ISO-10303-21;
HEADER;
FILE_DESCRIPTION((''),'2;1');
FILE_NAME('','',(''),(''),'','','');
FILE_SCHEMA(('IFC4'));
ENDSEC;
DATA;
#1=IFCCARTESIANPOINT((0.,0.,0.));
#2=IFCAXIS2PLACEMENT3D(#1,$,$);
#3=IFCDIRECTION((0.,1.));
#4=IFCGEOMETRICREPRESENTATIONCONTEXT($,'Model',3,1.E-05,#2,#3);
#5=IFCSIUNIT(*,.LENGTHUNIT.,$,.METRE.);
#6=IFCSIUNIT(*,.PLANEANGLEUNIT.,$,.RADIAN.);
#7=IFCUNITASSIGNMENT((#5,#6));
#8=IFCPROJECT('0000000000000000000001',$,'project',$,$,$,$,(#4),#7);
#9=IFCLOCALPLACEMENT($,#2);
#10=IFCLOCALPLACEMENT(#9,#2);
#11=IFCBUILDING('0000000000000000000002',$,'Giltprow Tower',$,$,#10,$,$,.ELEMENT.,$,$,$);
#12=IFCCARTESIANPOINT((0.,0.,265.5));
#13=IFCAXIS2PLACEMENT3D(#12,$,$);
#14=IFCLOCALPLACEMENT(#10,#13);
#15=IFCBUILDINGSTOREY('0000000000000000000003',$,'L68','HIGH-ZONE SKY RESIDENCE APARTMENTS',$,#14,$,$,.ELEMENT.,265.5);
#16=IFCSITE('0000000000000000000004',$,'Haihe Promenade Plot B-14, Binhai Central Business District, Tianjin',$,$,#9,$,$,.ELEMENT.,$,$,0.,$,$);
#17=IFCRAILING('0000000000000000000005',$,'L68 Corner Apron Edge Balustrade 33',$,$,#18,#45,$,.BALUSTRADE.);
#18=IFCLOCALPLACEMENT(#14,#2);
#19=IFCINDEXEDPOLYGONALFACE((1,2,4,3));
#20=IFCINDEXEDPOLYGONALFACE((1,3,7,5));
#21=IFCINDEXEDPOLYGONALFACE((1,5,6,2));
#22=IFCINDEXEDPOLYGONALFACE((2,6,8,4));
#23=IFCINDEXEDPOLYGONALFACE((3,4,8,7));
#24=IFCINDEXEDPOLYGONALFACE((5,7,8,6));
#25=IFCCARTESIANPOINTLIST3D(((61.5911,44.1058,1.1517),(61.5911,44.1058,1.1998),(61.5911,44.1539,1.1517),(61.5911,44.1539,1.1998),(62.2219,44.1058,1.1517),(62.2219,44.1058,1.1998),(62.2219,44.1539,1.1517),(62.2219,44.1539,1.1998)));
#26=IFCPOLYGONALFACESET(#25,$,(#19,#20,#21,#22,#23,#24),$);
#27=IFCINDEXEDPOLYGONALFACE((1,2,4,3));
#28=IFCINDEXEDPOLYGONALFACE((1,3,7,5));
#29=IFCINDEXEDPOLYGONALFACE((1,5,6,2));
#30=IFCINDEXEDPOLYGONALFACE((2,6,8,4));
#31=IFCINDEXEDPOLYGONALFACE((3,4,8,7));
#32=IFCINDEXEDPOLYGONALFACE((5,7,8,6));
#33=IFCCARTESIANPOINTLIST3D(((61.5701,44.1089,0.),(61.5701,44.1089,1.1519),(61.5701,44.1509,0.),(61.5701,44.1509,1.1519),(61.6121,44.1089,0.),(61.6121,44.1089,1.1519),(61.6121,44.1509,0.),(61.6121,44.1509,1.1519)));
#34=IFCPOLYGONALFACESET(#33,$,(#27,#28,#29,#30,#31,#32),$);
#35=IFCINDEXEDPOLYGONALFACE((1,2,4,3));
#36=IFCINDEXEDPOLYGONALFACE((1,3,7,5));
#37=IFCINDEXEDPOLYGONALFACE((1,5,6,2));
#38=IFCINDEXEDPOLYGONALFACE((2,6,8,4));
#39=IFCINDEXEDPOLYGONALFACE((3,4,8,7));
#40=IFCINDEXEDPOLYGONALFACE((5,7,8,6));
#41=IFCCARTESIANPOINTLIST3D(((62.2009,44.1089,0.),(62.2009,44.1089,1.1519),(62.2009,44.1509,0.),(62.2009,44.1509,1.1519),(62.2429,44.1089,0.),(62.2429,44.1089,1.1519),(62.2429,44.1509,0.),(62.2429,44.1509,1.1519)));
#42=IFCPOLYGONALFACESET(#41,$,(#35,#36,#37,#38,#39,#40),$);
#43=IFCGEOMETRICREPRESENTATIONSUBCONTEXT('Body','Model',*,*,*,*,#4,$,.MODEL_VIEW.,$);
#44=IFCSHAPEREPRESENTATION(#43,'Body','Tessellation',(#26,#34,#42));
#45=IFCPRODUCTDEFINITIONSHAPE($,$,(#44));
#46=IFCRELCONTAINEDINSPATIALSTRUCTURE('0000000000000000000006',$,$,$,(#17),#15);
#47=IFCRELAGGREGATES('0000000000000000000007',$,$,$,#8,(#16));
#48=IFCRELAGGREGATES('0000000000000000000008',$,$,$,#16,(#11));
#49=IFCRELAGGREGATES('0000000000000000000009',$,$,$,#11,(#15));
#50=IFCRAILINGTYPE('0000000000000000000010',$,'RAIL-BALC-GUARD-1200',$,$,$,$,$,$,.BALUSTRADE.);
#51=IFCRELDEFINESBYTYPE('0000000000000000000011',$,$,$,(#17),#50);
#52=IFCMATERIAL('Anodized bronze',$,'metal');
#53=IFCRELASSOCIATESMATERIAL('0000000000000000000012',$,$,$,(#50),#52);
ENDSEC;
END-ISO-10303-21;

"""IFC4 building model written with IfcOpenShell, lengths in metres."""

from ifc_helpers import new_model, si_unit, direction, frame, origin, origin_2d, place, context, subcontext, project, spatial, rectangle, extrude, material, type_object, element, save


model = new_model("IFC4")

# Units and contexts
model_context = context("Model", 3, precision=1e-05, world=origin(), true_north=direction((0.0, 1.0)))
body_context = subcontext(model_context, "Body", "Model", "MODEL_VIEW")
ifc_project = project(units=[si_unit("LENGTHUNIT", "METRE"), si_unit("PLANEANGLEUNIT", "RADIAN")], contexts=[model_context])

# Site, building, storey
site_placement = place(None, origin())
site = spatial("IfcSite", under=ifc_project, at=site_placement, Name="Haihe Promenade Plot B-14, Binhai Central Business District, Tianjin", CompositionType="ELEMENT", RefElevation=0.0)
building_placement = place(site_placement, origin())
building = spatial("IfcBuilding", under=site, at=building_placement, Name="Giltprow Tower", CompositionType="ELEMENT")
storey_placement = place(building_placement, frame((0.0, 0.0, 265.5)))
storey = spatial("IfcBuildingStorey", under=building, at=storey_placement, Name="L68", Description="HIGH-ZONE SKY RESIDENCE APARTMENTS", CompositionType="ELEMENT", Elevation=265.5)

# Railing
ifc_material_1 = material(Name="Anodized bronze", Category="metal")
railing_type = type_object("IfcRailingType", Name="RAIL-BALC-GUARD-1200", PredefinedType="BALUSTRADE", material=ifc_material_1)
railing_1_placement = place(storey_placement, frame((61.5911, 44.1299, 0.0)))
element("IfcRailing", 1, at=railing_1_placement, inside=storey, type_object=railing_type, Name="L68 Corner Apron Edge Balustrade 33", PredefinedType="BALUSTRADE", context=body_context, shape_type="SweptSolid", body=[
    extrude(rectangle(XDim=0.0481, YDim=0.0481, at=origin_2d()), frame((0.0, 0.0, 1.1758), z_axis=(1.0, 0.0, 0.0), x_axis=(0.0, 1.0, 0.0)), (0.0, 0.0, 1.0), 0.6309),
    extrude(rectangle(XDim=0.042, YDim=0.042, at=origin_2d()), origin(), (0.0, 0.0, 1.0), 1.1519),
    extrude(rectangle(XDim=0.042, YDim=0.042, at=origin_2d()), frame((0.6309, 0.0, 0.0)), (0.0, 0.0, 1.0), 1.1519),
])

save(model, "model.ifc")
